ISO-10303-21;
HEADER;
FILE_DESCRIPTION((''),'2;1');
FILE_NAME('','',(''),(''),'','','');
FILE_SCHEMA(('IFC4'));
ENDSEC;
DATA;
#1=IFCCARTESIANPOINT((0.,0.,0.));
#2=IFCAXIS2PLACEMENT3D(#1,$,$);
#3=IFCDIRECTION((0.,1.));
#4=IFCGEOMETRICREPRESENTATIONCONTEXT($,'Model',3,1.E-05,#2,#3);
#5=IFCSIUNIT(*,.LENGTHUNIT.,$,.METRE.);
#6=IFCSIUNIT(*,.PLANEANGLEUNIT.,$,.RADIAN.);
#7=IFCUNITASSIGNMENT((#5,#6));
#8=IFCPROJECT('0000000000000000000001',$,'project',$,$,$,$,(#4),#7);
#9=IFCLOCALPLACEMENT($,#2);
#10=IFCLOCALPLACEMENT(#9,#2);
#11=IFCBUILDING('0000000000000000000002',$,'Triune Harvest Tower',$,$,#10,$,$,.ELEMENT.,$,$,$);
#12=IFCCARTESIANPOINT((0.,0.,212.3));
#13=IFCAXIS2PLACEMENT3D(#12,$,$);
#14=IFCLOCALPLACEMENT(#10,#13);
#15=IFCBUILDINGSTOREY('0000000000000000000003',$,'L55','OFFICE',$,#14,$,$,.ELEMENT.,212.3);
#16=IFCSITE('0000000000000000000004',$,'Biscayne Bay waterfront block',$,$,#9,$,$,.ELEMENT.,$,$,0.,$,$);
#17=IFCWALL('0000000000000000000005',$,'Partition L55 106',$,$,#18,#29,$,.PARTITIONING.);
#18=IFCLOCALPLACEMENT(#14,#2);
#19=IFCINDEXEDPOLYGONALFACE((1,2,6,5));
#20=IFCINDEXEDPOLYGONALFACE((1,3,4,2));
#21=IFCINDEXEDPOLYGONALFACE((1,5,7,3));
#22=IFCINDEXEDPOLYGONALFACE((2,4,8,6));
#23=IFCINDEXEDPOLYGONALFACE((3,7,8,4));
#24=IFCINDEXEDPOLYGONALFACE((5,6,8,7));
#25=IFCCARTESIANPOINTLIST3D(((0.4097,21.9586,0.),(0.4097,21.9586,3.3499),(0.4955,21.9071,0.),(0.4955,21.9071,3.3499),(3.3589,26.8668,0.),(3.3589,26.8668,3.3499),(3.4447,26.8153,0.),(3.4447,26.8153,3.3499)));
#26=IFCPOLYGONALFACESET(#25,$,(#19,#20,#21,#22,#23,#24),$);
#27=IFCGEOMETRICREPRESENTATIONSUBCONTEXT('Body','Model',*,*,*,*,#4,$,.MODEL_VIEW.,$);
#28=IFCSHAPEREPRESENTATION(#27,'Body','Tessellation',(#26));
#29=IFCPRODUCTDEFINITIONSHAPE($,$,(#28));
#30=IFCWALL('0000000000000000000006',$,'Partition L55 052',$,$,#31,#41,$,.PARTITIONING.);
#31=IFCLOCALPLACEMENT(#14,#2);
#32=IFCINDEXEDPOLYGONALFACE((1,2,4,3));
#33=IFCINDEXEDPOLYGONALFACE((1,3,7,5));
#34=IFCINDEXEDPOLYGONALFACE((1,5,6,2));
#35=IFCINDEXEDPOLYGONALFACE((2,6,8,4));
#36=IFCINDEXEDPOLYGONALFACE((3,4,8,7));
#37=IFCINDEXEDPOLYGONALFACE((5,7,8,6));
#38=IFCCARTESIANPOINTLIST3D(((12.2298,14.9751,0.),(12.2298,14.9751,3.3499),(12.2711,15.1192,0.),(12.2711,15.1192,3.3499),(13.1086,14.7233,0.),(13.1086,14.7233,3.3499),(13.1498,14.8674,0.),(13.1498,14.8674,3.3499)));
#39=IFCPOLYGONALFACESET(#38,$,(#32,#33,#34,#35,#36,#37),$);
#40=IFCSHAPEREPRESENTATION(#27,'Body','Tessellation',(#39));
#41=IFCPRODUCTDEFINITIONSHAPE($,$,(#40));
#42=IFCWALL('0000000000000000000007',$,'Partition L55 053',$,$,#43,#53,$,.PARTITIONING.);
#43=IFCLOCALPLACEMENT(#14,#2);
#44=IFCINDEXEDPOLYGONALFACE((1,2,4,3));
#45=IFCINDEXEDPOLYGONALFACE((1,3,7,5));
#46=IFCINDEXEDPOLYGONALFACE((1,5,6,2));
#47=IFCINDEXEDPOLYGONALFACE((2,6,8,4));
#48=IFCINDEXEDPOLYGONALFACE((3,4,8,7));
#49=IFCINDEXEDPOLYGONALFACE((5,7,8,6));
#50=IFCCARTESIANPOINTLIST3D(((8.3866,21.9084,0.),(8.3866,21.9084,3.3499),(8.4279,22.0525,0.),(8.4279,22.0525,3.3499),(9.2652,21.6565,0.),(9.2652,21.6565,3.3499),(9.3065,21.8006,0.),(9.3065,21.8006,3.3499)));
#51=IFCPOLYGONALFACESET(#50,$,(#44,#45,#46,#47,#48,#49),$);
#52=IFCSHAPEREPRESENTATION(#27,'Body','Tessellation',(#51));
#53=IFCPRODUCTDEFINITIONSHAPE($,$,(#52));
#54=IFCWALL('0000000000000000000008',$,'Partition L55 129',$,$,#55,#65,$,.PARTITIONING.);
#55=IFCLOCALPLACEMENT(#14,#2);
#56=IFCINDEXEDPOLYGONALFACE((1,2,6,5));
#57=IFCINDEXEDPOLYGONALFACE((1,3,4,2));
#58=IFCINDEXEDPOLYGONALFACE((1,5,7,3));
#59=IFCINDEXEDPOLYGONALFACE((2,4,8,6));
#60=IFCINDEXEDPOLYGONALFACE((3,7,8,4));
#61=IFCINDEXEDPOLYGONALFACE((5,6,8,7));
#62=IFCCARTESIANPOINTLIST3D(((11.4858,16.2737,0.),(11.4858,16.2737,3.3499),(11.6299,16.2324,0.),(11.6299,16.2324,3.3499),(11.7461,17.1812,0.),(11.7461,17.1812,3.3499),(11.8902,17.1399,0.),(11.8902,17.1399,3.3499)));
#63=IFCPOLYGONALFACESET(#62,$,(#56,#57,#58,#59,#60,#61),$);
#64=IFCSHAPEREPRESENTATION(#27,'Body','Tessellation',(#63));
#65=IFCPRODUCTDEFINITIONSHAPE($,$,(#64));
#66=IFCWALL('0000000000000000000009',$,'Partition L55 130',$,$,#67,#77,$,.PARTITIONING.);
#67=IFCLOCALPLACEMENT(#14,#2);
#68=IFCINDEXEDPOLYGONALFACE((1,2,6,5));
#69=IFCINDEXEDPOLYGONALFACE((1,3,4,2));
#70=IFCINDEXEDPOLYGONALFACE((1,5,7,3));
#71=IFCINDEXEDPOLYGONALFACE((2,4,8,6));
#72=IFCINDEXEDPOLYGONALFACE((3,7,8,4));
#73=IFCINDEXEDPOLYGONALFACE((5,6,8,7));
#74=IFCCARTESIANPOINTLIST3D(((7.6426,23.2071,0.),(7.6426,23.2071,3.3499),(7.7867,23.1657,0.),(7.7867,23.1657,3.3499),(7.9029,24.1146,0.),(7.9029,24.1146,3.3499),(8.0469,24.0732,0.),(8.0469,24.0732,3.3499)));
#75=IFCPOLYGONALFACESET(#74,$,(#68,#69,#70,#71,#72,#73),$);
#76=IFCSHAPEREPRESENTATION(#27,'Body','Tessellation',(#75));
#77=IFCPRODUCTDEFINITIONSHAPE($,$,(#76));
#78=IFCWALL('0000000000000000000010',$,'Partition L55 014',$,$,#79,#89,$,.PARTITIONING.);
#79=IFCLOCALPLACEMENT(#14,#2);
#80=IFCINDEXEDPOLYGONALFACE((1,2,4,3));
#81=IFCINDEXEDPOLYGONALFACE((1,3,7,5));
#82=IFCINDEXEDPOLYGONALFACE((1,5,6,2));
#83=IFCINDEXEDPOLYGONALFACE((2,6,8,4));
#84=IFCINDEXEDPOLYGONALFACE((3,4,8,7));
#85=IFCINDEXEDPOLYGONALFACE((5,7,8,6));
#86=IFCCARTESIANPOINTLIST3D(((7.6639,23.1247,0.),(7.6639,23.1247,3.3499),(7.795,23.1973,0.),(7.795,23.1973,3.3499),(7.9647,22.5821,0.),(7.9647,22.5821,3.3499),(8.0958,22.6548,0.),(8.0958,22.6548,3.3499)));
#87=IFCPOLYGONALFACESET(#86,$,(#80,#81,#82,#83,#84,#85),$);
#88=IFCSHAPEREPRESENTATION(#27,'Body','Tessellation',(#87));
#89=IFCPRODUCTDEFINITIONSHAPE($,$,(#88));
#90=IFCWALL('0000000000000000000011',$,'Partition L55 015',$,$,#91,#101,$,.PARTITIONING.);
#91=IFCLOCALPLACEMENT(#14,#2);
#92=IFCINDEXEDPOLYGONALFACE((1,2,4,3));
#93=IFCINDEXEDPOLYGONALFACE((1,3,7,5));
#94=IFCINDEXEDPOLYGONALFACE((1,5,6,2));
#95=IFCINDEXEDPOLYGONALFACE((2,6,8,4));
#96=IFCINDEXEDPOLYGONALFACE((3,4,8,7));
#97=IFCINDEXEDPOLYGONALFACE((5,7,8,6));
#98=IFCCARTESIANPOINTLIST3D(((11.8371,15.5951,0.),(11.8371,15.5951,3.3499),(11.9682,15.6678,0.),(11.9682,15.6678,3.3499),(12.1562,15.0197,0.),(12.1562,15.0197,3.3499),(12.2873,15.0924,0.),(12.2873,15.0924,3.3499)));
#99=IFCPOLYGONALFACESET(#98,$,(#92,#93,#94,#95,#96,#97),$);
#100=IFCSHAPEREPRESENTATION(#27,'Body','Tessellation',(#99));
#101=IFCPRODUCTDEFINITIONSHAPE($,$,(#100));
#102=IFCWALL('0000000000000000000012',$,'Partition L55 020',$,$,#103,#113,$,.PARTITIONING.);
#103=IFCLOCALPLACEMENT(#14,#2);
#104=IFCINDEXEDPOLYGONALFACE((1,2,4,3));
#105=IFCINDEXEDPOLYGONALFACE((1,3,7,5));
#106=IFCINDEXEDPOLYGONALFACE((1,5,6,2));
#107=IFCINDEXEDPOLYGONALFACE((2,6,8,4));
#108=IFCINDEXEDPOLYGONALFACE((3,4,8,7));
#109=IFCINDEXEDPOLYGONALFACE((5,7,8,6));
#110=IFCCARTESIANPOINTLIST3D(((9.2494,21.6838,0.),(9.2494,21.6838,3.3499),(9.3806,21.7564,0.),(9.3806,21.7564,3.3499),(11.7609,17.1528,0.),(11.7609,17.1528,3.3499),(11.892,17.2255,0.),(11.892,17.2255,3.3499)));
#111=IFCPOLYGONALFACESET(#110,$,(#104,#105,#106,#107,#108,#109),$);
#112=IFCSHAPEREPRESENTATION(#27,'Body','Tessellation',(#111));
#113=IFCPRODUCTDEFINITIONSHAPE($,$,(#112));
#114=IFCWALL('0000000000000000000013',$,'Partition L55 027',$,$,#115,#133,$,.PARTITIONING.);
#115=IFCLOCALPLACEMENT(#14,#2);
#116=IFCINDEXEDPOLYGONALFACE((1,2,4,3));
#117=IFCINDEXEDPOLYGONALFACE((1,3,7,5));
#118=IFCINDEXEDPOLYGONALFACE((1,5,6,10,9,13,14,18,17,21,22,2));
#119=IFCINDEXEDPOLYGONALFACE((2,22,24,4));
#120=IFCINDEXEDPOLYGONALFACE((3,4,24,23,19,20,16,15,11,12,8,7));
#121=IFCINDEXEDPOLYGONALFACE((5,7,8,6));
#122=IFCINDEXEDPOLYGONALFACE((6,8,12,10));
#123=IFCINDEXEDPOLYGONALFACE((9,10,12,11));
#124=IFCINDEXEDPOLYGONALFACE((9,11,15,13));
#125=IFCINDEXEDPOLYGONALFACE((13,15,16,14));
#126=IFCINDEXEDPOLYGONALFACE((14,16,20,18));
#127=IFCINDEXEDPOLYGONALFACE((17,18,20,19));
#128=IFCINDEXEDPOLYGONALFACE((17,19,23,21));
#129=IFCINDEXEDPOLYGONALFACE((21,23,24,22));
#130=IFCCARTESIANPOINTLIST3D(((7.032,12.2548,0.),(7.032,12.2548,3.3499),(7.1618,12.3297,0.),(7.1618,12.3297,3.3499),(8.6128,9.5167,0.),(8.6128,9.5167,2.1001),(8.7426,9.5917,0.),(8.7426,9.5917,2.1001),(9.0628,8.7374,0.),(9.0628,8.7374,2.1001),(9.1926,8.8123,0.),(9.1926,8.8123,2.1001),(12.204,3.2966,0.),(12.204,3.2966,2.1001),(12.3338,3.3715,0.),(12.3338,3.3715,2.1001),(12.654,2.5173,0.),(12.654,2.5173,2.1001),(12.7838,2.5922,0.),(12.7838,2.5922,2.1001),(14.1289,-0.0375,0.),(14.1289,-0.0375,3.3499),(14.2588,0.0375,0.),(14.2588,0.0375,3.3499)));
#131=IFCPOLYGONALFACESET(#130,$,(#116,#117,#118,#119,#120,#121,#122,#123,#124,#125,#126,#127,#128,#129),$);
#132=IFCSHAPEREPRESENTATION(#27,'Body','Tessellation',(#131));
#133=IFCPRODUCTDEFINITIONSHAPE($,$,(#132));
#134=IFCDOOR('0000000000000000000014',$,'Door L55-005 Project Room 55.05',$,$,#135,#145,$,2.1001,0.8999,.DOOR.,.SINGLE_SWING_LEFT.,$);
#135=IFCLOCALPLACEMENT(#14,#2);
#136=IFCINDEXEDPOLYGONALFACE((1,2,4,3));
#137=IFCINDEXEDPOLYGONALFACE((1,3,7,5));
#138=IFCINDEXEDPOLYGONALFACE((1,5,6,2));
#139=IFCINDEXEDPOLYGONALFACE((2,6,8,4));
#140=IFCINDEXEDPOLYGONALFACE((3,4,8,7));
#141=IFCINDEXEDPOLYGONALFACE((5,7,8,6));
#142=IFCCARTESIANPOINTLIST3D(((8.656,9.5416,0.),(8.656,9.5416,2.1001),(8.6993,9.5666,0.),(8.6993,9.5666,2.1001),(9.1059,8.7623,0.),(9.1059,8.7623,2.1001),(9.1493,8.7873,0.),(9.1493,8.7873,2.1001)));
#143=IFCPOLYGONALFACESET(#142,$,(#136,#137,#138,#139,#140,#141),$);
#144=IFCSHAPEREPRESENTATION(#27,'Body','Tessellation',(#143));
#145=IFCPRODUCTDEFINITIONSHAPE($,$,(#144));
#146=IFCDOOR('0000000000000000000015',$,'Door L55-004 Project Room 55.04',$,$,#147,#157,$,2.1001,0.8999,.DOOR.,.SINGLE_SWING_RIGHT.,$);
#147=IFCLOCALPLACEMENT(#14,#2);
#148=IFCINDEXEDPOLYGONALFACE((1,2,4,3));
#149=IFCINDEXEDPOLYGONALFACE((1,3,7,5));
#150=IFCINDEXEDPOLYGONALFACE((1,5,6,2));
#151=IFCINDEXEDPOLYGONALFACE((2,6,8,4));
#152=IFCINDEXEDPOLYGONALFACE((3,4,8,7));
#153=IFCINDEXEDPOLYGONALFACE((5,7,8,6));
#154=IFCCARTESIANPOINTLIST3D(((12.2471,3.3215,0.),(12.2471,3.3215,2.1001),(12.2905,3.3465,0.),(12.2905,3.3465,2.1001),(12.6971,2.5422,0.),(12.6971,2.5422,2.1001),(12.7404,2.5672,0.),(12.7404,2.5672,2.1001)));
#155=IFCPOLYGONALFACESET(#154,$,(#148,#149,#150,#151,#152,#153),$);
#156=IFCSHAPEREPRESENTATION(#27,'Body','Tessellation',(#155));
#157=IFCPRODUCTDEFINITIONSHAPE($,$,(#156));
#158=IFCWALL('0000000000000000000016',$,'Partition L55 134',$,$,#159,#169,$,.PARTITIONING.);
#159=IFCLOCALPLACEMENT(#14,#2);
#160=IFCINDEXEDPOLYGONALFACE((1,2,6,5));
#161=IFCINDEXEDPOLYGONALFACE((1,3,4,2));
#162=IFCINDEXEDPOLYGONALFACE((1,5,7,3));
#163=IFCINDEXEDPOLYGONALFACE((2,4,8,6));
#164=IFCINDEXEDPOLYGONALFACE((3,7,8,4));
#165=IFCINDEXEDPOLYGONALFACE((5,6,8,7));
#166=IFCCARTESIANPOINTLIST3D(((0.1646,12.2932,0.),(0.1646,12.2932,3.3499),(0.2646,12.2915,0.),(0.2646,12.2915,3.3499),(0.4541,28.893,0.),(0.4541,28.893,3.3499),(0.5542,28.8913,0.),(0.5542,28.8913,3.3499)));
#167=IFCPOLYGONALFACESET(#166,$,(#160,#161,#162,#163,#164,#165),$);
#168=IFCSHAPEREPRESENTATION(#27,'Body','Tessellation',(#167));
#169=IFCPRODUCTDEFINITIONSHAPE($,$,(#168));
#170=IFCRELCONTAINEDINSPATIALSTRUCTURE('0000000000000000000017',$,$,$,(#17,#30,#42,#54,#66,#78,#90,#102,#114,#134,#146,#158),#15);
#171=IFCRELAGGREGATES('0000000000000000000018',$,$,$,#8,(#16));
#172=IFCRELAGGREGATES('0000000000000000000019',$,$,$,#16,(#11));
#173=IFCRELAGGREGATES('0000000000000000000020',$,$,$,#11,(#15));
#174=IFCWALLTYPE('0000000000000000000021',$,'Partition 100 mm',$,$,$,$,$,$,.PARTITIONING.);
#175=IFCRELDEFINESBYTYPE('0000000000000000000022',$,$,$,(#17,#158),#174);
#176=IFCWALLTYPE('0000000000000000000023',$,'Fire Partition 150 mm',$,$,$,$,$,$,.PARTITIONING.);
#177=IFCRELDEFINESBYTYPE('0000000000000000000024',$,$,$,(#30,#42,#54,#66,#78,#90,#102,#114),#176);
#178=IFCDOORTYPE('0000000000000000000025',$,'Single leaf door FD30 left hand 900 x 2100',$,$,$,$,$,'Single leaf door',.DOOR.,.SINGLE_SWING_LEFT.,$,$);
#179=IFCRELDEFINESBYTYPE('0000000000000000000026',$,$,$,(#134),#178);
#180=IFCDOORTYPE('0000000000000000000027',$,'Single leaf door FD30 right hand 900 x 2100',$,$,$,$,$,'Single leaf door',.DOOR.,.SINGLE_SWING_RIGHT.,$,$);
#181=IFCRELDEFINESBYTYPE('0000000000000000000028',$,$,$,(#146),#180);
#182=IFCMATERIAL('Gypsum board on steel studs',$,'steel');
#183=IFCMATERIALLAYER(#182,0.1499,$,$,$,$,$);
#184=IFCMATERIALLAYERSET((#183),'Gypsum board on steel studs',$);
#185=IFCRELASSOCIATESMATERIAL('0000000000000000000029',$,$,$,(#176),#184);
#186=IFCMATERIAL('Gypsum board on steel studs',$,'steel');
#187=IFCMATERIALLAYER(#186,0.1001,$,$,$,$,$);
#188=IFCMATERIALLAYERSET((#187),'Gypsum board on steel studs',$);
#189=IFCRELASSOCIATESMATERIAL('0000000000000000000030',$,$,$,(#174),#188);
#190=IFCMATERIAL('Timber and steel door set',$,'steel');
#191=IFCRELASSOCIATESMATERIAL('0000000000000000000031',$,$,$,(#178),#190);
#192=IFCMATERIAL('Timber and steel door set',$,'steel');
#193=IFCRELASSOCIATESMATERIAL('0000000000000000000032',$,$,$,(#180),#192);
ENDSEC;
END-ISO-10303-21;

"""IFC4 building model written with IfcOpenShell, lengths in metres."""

from ifc_helpers import new_model, si_unit, direction, frame, frame_2d, origin, place, context, subcontext, project, spatial, rectangle, extrude, source, transform, mapped, material, layer, layer_set, type_object, element, fill, save


model = new_model("IFC4")

# Units and contexts
model_context = context("Model", 3, precision=1e-05, world=origin(), true_north=direction((0.0, 1.0)))
body_context = subcontext(model_context, "Body", "Model", "MODEL_VIEW")
ifc_project = project(units=[si_unit("LENGTHUNIT", "METRE"), si_unit("PLANEANGLEUNIT", "RADIAN")], contexts=[model_context])

# Site, building, storey
site_placement = place(None, origin())
site = spatial("IfcSite", under=ifc_project, at=site_placement, Name="Biscayne Bay waterfront block", CompositionType="ELEMENT", RefElevation=0.0)
building_placement = place(site_placement, origin())
building = spatial("IfcBuilding", under=site, at=building_placement, Name="Triune Harvest Tower", CompositionType="ELEMENT")
storey_placement = place(building_placement, frame((0.0, 0.0, 212.3)))
storey = spatial("IfcBuildingStorey", under=building, at=storey_placement, Name="L55", Description="OFFICE", CompositionType="ELEMENT", Elevation=212.3)

# Walls
ifc_material_1 = material(Name="Gypsum board on steel studs", Category="steel")
ifc_layer_1 = layer(ifc_material_1, 0.1499)
ifc_layer_set_1 = layer_set([ifc_layer_1], Name="Gypsum board on steel studs")
wall_type_1 = type_object("IfcWallType", Name="Fire Partition 150 mm", PredefinedType="PARTITIONING", material=ifc_layer_set_1)
ifc_material_2 = material(Name="Gypsum board on steel studs", Category="steel")
ifc_layer_2 = layer(ifc_material_2, 0.1001)
ifc_layer_set_2 = layer_set([ifc_layer_2], Name="Gypsum board on steel studs")
wall_type_2 = type_object("IfcWallType", Name="Partition 100 mm", PredefinedType="PARTITIONING", material=ifc_layer_set_2)
wall_1_placement = place(storey_placement, frame((0.4526, 21.9329, 0.0), z_axis=(0.0, 0.0, 1.0), x_axis=(0.515047, 0.857162, 0.0)))
element("IfcWall", 1, at=wall_1_placement, inside=storey, type_object=wall_type_2, Name="Partition L55 106", PredefinedType="PARTITIONING", context=body_context, shape_type="SweptSolid", body=[
    extrude(rectangle(XDim=5.7261, YDim=0.1001, at=frame_2d((2.863, 0.0))), origin(), (0.0, 0.0, 1.0), 3.3499),
])
shared_shape_1 = source(origin(), body_context, "Body", "SweptSolid", [
    extrude(rectangle(XDim=0.9141, YDim=0.1499, at=frame_2d((0.457, 0.0))), origin(), (0.0, 0.0, 1.0), 3.3499),
])
for number, where, z_axis, x_axis, name in (
    (2, (12.2505, 15.0471, 0.0), (0.0, 0.0, 1.0), (0.961332, -0.275391, 0.0), "Partition L55 052"),
    (3, (8.4072, 21.9805, 0.0), (0.0, 0.0, 1.0), (0.961261, -0.275638, 0.0), "Partition L55 053"),
):
    element("IfcWall", number, at=place(storey_placement, frame(where, z_axis=z_axis, x_axis=x_axis)), inside=storey, type_object=wall_type_1, Name=name, PredefinedType="PARTITIONING", context=body_context, shape_type="MappedRepresentation", body=[
        mapped(shared_shape_1, transform((0.0, 0.0, 0.0), scale=1.0)),
    ])
shared_shape_2 = source(origin(), body_context, "Body", "SweptSolid", [
    extrude(rectangle(XDim=0.9441, YDim=0.1499, at=frame_2d((0.4722, 0.0))), origin(), (0.0, 0.0, 1.0), 3.3499),
])
for number, where, z_axis, x_axis, name in (
    (4, (11.5579, 16.2529, 0.0), (0.0, 0.0, 1.0), (0.275677, 0.96125, 0.0), "Partition L55 129"),
    (5, (7.7146, 23.1863, 0.0), (0.0, 0.0, 1.0), (0.275677, 0.96125, 0.0), "Partition L55 130"),
):
    element("IfcWall", number, at=place(storey_placement, frame(where, z_axis=z_axis, x_axis=x_axis)), inside=storey, type_object=wall_type_1, Name=name, PredefinedType="PARTITIONING", context=body_context, shape_type="MappedRepresentation", body=[
        mapped(shared_shape_2, transform((0.0, 0.0, 0.0), scale=1.0)),
    ])
shared_shape_3 = source(origin(), body_context, "Body", "SweptSolid", [
    extrude(rectangle(XDim=0.6204, YDim=0.1499, at=frame_2d((0.3101, 0.0))), origin(), (0.0, 0.0, 1.0), 3.3499),
])
wall_2_placement = place(storey_placement, frame((7.7295, 23.1609, 0.0), z_axis=(0.0, 0.0, 1.0), x_axis=(0.484908, -0.874565, 0.0)))
element("IfcWall", 6, at=wall_2_placement, inside=storey, type_object=wall_type_1, Name="Partition L55 014", PredefinedType="PARTITIONING", context=body_context, shape_type="MappedRepresentation", body=[
    mapped(shared_shape_3, transform((0.0, 0.0, 0.0), scale=1.0)),
])
shared_shape_4 = source(origin(), body_context, "Body", "SweptSolid", [
    extrude(rectangle(XDim=0.658, YDim=0.1499, at=frame_2d((0.3291, 0.0))), origin(), (0.0, 0.0, 1.0), 3.3499),
])
wall_3_placement = place(storey_placement, frame((11.9026, 15.6316, 0.0), z_axis=(0.0, 0.0, 1.0), x_axis=(0.48495, -0.874542, 0.0)))
element("IfcWall", 7, at=wall_3_placement, inside=storey, type_object=wall_type_1, Name="Partition L55 015", PredefinedType="PARTITIONING", context=body_context, shape_type="MappedRepresentation", body=[
    mapped(shared_shape_4, transform((0.0, 0.0, 0.0), scale=1.0)),
])
shared_shape_5 = source(origin(), body_context, "Body", "SweptSolid", [
    extrude(rectangle(XDim=5.1804, YDim=0.1499, at=frame_2d((2.5903, 0.0))), origin(), (0.0, 0.0, 1.0), 3.3499),
])
wall_4_placement = place(storey_placement, frame((9.3149, 21.7202, 0.0), z_axis=(0.0, 0.0, 1.0), x_axis=(0.484794, -0.874628, 0.0)))
element("IfcWall", 8, at=wall_4_placement, inside=storey, type_object=wall_type_1, Name="Partition L55 020", PredefinedType="PARTITIONING", context=body_context, shape_type="MappedRepresentation", body=[
    mapped(shared_shape_5, transform((0.0, 0.0, 0.0), scale=1.0)),
])

# Wall, openings, doors
shared_shape_6 = source(origin(), body_context, "Body", "SweptSolid", [
    extrude(rectangle(XDim=14.1938, YDim=0.1499, at=frame_2d((7.0969, 0.0))), origin(), (0.0, 0.0, 1.0), 3.3499),
])
wall_5_placement = place(storey_placement, frame((7.0969, 12.2922, 0.0), z_axis=(0.0, 0.0, 1.0), x_axis=(0.5, -0.866025, 0.0)))
wall_5 = element("IfcWall", 9, at=wall_5_placement, inside=storey, type_object=wall_type_1, Name="Partition L55 027", PredefinedType="PARTITIONING", context=body_context, shape_type="MappedRepresentation", body=[
    mapped(shared_shape_6, transform((0.0, 0.0, 0.0), scale=1.0)),
])
opening_1_placement = place(wall_5_placement, frame((10.344, 0.0, 0.0)))
opening_1 = element("IfcOpeningElement", 10, at=opening_1_placement, cuts=wall_5, PredefinedType="OPENING", context=body_context, shape_type="SweptSolid", body=[
    extrude(rectangle(XDim=0.8999, YDim=2.1001, at=frame_2d((0.45, 1.05))), frame((0.0, 0.085, 0.0), z_axis=(0.0, -1.0, 0.0), x_axis=(1.0, 0.0, 0.0)), (0.0, 0.0, 1.0), 0.1699),
])
opening_2_placement = place(wall_5_placement, frame((3.1616, 0.0, 0.0)))
opening_2 = element("IfcOpeningElement", 11, at=opening_2_placement, cuts=wall_5, PredefinedType="OPENING", context=body_context, shape_type="SweptSolid", body=[
    extrude(rectangle(XDim=0.8999, YDim=2.1001, at=frame_2d((0.45, 1.05))), frame((0.0, 0.085, 0.0), z_axis=(0.0, -1.0, 0.0), x_axis=(1.0, 0.0, 0.0)), (0.0, 0.0, 1.0), 0.1699),
])
ifc_material_3 = material(Name="Timber and steel door set", Category="steel")
door_type_1 = type_object("IfcDoorType", Name="Single leaf door FD30 left hand 900 x 2100", ElementType="Single leaf door", OperationType="SINGLE_SWING_LEFT", PredefinedType="DOOR", material=ifc_material_3)
door_1_placement = place(opening_2_placement, origin())
door_1 = element("IfcDoor", 12, at=door_1_placement, inside=storey, type_object=door_type_1, Name="Door L55-005 Project Room 55.05", OperationType="SINGLE_SWING_LEFT", OverallHeight=2.1001, OverallWidth=0.8999, PredefinedType="DOOR", context=body_context, shape_type="SweptSolid", body=[
    extrude(rectangle(XDim=0.8999, YDim=2.1001, at=frame_2d((0.45, 1.05))), frame((0.0, 0.0249, 0.0), z_axis=(0.0, -1.0, 0.0), x_axis=(1.0, 0.0, 0.0)), (0.0, 0.0, 1.0), 0.05),
])
fill(opening_2, door_1)
ifc_material_4 = material(Name="Timber and steel door set", Category="steel")
door_type_2 = type_object("IfcDoorType", Name="Single leaf door FD30 right hand 900 x 2100", ElementType="Single leaf door", OperationType="SINGLE_SWING_RIGHT", PredefinedType="DOOR", material=ifc_material_4)
door_2_placement = place(opening_1_placement, origin())
door_2 = element("IfcDoor", 13, at=door_2_placement, inside=storey, type_object=door_type_2, Name="Door L55-004 Project Room 55.04", OperationType="SINGLE_SWING_RIGHT", OverallHeight=2.1001, OverallWidth=0.8999, PredefinedType="DOOR", context=body_context, shape_type="SweptSolid", body=[
    extrude(rectangle(XDim=0.8999, YDim=2.1001, at=frame_2d((0.45, 1.05))), frame((0.0, 0.0249, 0.0), z_axis=(0.0, -1.0, 0.0), x_axis=(1.0, 0.0, 0.0)), (0.0, 0.0, 1.0), 0.05),
])
fill(opening_1, door_2)

# Wall
shared_shape_7 = source(origin(), body_context, "Body", "SweptSolid", [
    extrude(rectangle(XDim=16.6023, YDim=0.1001, at=frame_2d((8.3013, 0.0))), origin(), (0.0, 0.0, 1.0), 3.3499),
])
wall_6_placement = place(storey_placement, frame((0.2146, 12.2922, 0.0), z_axis=(0.0, 0.0, 1.0), x_axis=(0.01744, 0.999848, 0.0)))
element("IfcWall", 14, at=wall_6_placement, inside=storey, type_object=wall_type_2, Name="Partition L55 134", PredefinedType="PARTITIONING", context=body_context, shape_type="MappedRepresentation", body=[
    mapped(shared_shape_7, transform((0.0, 0.0, 0.0), scale=1.0)),
])

save(model, "model.ifc")
